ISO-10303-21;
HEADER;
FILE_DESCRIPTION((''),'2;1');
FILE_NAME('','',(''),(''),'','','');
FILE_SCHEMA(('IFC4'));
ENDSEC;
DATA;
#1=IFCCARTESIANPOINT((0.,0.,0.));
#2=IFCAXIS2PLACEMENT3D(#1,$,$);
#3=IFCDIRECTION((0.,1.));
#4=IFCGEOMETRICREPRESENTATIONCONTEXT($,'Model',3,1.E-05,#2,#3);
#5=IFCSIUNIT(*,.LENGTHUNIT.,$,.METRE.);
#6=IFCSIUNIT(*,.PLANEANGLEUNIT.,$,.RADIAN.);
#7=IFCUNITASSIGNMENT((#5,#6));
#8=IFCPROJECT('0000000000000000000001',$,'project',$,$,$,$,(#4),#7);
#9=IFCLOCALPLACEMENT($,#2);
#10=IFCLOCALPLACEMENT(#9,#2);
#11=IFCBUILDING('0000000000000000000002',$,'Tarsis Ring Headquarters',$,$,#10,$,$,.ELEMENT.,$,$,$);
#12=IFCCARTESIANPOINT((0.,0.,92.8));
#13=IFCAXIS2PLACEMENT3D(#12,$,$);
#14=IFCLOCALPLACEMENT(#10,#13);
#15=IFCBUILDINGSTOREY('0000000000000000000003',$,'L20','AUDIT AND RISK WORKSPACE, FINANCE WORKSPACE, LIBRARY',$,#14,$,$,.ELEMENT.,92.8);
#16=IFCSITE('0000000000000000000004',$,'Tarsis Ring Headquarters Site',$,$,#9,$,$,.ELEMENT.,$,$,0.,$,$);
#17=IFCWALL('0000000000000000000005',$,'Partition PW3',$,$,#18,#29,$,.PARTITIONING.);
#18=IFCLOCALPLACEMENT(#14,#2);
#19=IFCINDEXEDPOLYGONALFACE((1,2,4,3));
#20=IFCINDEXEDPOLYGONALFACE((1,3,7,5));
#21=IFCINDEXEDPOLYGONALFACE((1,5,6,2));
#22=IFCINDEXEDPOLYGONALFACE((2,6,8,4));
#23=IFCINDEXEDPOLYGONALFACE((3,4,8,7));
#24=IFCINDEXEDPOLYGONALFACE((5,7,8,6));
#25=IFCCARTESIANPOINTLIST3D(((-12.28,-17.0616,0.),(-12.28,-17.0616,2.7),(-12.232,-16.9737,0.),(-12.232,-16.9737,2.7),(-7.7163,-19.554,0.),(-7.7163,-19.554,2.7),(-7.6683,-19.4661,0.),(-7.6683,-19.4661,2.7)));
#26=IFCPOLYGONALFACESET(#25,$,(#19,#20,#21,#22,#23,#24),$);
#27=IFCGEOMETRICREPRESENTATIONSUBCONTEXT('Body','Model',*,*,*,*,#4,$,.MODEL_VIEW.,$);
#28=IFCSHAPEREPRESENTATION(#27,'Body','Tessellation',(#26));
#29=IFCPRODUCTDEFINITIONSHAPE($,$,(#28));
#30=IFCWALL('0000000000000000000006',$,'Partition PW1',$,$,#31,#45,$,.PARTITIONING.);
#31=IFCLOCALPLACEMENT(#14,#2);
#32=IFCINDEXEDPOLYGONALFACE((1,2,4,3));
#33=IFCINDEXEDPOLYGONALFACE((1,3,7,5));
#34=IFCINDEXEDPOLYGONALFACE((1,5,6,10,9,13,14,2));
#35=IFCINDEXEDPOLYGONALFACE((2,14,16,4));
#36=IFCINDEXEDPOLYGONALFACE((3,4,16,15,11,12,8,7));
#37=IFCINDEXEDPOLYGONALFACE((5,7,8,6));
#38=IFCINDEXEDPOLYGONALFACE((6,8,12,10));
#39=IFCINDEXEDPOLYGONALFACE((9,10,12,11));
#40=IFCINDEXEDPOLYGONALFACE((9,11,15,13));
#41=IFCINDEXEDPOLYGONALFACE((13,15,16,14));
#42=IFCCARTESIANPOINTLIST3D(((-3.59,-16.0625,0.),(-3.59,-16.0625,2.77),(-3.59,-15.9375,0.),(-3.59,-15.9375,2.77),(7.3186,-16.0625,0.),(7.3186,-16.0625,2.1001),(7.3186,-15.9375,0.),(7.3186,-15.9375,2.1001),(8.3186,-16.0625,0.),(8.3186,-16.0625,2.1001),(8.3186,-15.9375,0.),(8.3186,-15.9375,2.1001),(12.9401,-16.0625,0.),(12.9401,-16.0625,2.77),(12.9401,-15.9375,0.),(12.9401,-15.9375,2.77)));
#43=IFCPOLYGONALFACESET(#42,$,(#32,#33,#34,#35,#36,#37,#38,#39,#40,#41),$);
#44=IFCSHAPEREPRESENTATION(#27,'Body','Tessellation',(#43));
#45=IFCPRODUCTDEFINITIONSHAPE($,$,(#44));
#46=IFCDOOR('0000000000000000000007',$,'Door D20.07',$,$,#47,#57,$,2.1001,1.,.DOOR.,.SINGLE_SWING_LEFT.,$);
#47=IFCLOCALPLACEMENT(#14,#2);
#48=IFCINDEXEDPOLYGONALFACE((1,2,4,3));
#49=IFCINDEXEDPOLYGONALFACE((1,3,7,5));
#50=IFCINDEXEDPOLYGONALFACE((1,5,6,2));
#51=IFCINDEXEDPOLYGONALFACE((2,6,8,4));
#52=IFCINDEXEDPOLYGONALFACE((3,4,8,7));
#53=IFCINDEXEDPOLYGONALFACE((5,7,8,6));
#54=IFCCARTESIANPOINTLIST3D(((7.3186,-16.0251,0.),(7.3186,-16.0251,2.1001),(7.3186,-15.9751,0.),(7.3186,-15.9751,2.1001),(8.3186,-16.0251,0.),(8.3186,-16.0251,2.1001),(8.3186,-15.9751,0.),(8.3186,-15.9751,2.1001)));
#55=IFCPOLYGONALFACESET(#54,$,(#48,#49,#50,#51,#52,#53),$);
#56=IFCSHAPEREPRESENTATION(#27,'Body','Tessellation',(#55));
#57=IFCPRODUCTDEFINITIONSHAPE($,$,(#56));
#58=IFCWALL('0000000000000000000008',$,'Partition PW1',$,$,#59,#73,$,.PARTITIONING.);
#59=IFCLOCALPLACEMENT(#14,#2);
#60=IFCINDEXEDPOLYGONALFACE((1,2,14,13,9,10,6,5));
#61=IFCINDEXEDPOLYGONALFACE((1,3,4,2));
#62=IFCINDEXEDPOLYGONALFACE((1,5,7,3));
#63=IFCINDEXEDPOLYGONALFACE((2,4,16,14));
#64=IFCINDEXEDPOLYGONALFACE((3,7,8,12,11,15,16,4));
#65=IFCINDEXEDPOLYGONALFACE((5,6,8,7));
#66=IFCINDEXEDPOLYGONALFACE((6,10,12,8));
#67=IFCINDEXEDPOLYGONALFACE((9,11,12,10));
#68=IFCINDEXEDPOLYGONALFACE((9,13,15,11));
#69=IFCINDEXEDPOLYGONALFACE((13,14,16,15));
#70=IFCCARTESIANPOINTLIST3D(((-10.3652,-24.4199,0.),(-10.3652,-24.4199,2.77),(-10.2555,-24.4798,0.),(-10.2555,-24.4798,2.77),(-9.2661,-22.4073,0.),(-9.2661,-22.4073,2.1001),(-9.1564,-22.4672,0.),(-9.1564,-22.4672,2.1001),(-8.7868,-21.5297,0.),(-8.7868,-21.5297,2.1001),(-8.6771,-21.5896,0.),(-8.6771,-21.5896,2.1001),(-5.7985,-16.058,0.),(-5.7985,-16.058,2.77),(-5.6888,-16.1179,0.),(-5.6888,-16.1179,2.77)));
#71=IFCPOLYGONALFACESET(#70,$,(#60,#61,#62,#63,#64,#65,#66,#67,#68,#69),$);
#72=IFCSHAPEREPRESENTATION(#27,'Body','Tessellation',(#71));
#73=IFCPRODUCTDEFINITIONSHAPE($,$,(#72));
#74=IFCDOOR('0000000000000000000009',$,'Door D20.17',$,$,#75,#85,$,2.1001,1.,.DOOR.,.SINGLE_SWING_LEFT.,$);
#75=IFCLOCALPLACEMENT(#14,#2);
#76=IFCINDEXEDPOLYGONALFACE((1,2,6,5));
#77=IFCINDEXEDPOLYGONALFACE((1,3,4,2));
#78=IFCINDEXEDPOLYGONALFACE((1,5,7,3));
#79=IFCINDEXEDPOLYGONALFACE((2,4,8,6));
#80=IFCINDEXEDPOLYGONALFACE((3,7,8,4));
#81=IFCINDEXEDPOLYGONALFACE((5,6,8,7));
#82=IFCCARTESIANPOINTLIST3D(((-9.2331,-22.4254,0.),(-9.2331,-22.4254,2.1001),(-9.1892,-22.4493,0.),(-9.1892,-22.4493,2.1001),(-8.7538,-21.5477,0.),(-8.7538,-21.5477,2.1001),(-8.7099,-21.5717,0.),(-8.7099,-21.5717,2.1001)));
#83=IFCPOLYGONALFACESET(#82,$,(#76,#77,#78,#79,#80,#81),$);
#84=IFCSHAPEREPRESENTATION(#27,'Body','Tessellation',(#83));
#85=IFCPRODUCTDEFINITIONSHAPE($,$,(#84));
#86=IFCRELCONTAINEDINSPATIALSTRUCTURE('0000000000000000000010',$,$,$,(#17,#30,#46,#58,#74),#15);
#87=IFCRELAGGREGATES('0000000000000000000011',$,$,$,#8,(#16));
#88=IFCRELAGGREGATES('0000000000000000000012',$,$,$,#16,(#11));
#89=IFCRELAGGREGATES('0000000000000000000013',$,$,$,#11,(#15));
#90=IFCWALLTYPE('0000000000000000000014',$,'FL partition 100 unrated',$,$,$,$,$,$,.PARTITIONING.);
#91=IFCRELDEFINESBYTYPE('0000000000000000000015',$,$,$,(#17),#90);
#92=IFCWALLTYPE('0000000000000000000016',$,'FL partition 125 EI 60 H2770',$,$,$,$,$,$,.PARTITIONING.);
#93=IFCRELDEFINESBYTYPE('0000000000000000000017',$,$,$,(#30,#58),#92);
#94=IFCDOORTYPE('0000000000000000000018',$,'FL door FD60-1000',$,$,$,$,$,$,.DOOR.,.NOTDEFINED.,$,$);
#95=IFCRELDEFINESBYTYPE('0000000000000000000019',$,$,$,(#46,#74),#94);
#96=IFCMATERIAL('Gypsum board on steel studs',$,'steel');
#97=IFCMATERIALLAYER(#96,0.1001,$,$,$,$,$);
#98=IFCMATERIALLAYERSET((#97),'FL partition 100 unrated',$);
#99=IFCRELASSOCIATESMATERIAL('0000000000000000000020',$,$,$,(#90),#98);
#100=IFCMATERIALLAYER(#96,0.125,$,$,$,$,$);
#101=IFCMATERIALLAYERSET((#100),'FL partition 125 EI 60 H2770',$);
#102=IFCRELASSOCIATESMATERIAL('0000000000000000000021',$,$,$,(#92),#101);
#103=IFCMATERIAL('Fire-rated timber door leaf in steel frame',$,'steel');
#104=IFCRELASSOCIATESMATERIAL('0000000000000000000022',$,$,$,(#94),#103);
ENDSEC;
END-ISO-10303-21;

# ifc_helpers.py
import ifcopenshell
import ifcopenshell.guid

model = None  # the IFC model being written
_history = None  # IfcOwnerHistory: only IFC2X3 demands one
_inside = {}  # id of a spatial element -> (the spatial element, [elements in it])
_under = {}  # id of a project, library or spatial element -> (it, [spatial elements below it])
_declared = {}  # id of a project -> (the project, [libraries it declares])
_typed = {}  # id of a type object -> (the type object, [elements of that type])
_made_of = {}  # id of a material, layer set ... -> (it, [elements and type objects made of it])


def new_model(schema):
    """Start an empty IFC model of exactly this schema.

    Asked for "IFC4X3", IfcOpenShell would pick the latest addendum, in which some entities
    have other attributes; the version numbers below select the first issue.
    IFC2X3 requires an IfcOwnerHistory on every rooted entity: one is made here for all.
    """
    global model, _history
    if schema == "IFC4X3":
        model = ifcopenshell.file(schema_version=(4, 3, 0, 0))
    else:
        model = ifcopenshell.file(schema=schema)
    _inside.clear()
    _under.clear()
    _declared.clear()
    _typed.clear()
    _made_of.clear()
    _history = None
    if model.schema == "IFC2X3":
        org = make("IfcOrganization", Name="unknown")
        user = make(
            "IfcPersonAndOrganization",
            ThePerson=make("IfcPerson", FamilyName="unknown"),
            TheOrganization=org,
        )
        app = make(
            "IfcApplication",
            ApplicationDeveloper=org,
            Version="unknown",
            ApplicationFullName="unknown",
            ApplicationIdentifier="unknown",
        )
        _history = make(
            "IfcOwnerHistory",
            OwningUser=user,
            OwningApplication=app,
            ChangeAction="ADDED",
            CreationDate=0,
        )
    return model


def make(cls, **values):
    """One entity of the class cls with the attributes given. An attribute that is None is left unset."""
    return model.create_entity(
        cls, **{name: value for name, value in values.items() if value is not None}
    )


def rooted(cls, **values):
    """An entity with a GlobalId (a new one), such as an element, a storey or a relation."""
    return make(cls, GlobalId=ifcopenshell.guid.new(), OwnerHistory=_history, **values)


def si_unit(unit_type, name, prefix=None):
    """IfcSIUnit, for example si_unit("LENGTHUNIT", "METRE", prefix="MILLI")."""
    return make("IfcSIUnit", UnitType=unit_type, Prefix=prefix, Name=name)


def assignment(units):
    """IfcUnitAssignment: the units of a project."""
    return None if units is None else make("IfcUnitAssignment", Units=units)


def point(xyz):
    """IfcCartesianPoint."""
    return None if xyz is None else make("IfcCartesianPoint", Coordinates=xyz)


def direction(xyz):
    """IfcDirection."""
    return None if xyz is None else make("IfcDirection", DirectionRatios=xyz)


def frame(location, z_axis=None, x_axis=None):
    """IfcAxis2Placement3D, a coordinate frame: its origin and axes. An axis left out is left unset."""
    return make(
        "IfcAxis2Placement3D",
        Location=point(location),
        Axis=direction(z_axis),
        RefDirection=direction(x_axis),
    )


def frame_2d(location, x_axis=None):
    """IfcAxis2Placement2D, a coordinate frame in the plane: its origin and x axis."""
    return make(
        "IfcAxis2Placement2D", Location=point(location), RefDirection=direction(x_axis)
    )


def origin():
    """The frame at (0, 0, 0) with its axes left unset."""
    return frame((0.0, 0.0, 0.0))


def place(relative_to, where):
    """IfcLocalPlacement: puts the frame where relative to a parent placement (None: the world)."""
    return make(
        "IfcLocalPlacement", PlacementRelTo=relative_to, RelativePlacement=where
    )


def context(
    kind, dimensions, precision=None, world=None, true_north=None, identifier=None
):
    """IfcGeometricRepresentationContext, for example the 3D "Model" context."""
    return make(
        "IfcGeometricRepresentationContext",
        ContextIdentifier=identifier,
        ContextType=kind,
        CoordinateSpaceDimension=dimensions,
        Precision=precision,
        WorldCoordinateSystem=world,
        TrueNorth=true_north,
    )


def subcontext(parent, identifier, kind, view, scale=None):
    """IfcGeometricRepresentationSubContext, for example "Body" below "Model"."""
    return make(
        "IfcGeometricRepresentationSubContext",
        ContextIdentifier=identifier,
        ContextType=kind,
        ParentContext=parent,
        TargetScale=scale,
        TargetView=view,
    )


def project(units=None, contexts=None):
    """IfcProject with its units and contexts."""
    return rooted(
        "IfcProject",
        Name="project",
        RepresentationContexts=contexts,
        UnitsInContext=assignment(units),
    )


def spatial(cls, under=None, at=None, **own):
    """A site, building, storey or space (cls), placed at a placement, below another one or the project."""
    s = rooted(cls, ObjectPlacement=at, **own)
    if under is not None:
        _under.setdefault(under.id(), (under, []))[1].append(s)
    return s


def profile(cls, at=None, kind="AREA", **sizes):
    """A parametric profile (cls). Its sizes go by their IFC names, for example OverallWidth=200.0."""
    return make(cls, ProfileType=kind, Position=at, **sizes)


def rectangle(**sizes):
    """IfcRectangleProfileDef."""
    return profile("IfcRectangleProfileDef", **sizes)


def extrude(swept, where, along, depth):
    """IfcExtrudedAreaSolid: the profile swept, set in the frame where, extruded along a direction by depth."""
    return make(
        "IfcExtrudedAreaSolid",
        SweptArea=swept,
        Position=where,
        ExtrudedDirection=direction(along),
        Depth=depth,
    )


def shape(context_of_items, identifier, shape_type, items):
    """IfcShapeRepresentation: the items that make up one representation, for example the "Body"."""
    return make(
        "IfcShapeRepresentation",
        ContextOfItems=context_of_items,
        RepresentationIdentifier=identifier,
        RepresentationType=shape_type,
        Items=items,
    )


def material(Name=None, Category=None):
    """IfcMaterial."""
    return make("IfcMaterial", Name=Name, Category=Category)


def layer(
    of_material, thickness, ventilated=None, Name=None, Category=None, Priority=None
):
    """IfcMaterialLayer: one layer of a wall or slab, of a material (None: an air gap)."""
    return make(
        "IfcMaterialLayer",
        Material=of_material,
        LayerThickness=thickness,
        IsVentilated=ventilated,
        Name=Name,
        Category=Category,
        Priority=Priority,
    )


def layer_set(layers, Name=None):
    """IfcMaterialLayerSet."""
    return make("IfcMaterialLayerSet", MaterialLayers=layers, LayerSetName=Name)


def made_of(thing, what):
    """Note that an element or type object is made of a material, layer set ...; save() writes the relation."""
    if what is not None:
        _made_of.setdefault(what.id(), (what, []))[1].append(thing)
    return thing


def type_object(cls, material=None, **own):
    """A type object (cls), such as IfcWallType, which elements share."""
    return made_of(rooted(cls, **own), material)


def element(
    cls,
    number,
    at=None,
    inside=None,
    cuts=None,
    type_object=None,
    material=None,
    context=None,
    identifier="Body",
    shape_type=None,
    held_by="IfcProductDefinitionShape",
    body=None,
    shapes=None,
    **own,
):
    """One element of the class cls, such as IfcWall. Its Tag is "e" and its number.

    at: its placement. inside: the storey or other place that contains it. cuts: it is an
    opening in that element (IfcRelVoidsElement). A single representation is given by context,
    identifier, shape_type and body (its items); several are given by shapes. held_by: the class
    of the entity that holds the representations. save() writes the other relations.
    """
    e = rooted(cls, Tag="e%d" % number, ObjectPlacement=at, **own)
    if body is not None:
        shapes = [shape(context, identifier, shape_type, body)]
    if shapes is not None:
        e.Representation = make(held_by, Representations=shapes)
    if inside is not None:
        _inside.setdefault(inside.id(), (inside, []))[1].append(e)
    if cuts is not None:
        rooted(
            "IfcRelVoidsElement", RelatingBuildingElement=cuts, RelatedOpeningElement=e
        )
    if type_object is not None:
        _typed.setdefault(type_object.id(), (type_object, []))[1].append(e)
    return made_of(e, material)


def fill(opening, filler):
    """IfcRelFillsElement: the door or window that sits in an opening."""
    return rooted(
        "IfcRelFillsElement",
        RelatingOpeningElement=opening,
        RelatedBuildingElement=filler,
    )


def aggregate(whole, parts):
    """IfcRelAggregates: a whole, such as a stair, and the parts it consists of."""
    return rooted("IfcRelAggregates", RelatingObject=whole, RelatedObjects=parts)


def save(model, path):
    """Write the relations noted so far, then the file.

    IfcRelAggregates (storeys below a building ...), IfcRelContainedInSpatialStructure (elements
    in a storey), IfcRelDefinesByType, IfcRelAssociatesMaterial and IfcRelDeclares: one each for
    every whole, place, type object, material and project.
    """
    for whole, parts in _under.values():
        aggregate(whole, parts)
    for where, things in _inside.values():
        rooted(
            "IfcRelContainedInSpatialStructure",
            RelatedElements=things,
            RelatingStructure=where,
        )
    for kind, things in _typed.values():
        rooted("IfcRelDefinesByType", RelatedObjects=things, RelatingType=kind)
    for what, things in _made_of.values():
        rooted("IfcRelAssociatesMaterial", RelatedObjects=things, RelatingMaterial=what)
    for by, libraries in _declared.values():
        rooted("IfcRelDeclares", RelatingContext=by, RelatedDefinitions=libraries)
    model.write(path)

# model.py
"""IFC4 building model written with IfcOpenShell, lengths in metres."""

from ifc_helpers import new_model, si_unit, direction, frame, frame_2d, origin, place, context, subcontext, project, spatial, rectangle, extrude, material, layer, layer_set, type_object, element, fill, save


model = new_model("IFC4")

# Units and contexts
model_context = context("Model", 3, precision=1e-05, world=origin(), true_north=direction((0.0, 1.0)))
body_context = subcontext(model_context, "Body", "Model", "MODEL_VIEW")
ifc_project = project(units=[si_unit("LENGTHUNIT", "METRE"), si_unit("PLANEANGLEUNIT", "RADIAN")], contexts=[model_context])

# Site, building, storey
site_placement = place(None, origin())
site = spatial("IfcSite", under=ifc_project, at=site_placement, Name="Tarsis Ring Headquarters Site", CompositionType="ELEMENT", RefElevation=0.0)
building_placement = place(site_placement, origin())
building = spatial("IfcBuilding", under=site, at=building_placement, Name="Tarsis Ring Headquarters", CompositionType="ELEMENT")
storey_placement = place(building_placement, frame((0.0, 0.0, 92.8)))
storey = spatial("IfcBuildingStorey", under=building, at=storey_placement, Name="L20", Description="AUDIT AND RISK WORKSPACE, FINANCE WORKSPACE, LIBRARY", CompositionType="ELEMENT", Elevation=92.8)

# Wall
ifc_material_1 = material(Name="Gypsum board on steel studs", Category="steel")
ifc_layer_1 = layer(ifc_material_1, 0.1001)
ifc_layer_set_1 = layer_set([ifc_layer_1], Name="FL partition 100 unrated")
wall_type_1 = type_object("IfcWallType", Name="FL partition 100 unrated", PredefinedType="PARTITIONING", material=ifc_layer_set_1)
wall_1_placement = place(storey_placement, frame((-12.2561, -17.0176, 0.0), z_axis=(0.0, 0.0, 1.0), x_axis=(0.877642, -0.479316, 0.0)))
element("IfcWall", 1, at=wall_1_placement, inside=storey, type_object=wall_type_1, Name="Partition PW3", PredefinedType="PARTITIONING", context=body_context, shape_type="SweptSolid", body=[
    extrude(rectangle(XDim=5.2, YDim=0.1001, at=frame_2d((2.6001, 0.0))), origin(), (0.0, 0.0, 1.0), 2.7),
])

# Walls, openings, doors
ifc_layer_2 = layer(ifc_material_1, 0.125)
ifc_layer_set_2 = layer_set([ifc_layer_2], Name="FL partition 125 EI 60 H2770")
wall_type_2 = type_object("IfcWallType", Name="FL partition 125 EI 60 H2770", PredefinedType="PARTITIONING", material=ifc_layer_set_2)
wall_2_placement = place(storey_placement, frame((-3.5901, -16.0, 0.0), z_axis=(0.0, 0.0, 1.0), x_axis=(1.0, 0.0, 0.0)))
wall_2 = element("IfcWall", 2, at=wall_2_placement, inside=storey, type_object=wall_type_2, Name="Partition PW1", PredefinedType="PARTITIONING", context=body_context, shape_type="SweptSolid", body=[
    extrude(rectangle(XDim=16.53, YDim=0.125, at=frame_2d((8.2651, 0.0))), origin(), (0.0, 0.0, 1.0), 2.77),
])
opening_1_placement = place(wall_2_placement, frame((10.9087, 0.0, 0.0)))
opening_1 = element("IfcOpeningElement", 3, at=opening_1_placement, cuts=wall_2, PredefinedType="OPENING", context=body_context, shape_type="SweptSolid", body=[
    extrude(rectangle(XDim=1.0, YDim=2.1001, at=frame_2d((0.5, 1.05))), frame((0.0, 0.0725, 0.0), z_axis=(0.0, -1.0, 0.0), x_axis=(1.0, 0.0, 0.0)), (0.0, 0.0, 1.0), 0.145),
])
ifc_material_2 = material(Name="Fire-rated timber door leaf in steel frame", Category="steel")
door_type_1 = type_object("IfcDoorType", Name="FL door FD60-1000", OperationType="NOTDEFINED", PredefinedType="DOOR", material=ifc_material_2)
door_1_placement = place(opening_1_placement, origin())
door_1 = element("IfcDoor", 4, at=door_1_placement, inside=storey, type_object=door_type_1, Name="Door D20.07", OperationType="SINGLE_SWING_LEFT", OverallHeight=2.1001, OverallWidth=1.0, PredefinedType="DOOR", context=body_context, shape_type="SweptSolid", body=[
    extrude(rectangle(XDim=1.0, YDim=2.1001, at=frame_2d((0.5, 1.05))), frame((0.0, 0.0249, 0.0), z_axis=(0.0, -1.0, 0.0), x_axis=(1.0, 0.0, 0.0)), (0.0, 0.0, 1.0), 0.05),
])
fill(opening_1, door_1)
wall_3_placement = place(storey_placement, frame((-10.3103, -24.4497, 0.0), z_axis=(0.0, 0.0, 1.0), x_axis=(0.47931, 0.877646, 0.0)))
wall_3 = element("IfcWall", 5, at=wall_3_placement, inside=storey, type_object=wall_type_2, Name="Partition PW1", PredefinedType="PARTITIONING", context=body_context, shape_type="SweptSolid", body=[
    extrude(rectangle(XDim=9.5276, YDim=0.125, at=frame_2d((4.7637, 0.0))), origin(), (0.0, 0.0, 1.0), 2.77),
])
opening_2_placement = place(wall_3_placement, frame((2.293, 0.0, 0.0)))
opening_2 = element("IfcOpeningElement", 6, at=opening_2_placement, cuts=wall_3, PredefinedType="OPENING", context=body_context, shape_type="SweptSolid", body=[
    extrude(rectangle(XDim=1.0, YDim=2.1001, at=frame_2d((0.5, 1.05))), frame((0.0, 0.0725, 0.0), z_axis=(0.0, -1.0, 0.0), x_axis=(1.0, 0.0, 0.0)), (0.0, 0.0, 1.0), 0.145),
])
door_2_placement = place(opening_2_placement, origin())
door_2 = element("IfcDoor", 7, at=door_2_placement, inside=storey, type_object=door_type_1, Name="Door D20.17", OperationType="SINGLE_SWING_LEFT", OverallHeight=2.1001, OverallWidth=1.0, PredefinedType="DOOR", context=body_context, shape_type="SweptSolid", body=[
    extrude(rectangle(XDim=1.0, YDim=2.1001, at=frame_2d((0.5, 1.05))), frame((0.0, 0.0249, 0.0), z_axis=(0.0, -1.0, 0.0), x_axis=(1.0, 0.0, 0.0)), (0.0, 0.0, 1.0), 0.05),
])
fill(opening_2, door_2)

save(model, "model.ifc")
